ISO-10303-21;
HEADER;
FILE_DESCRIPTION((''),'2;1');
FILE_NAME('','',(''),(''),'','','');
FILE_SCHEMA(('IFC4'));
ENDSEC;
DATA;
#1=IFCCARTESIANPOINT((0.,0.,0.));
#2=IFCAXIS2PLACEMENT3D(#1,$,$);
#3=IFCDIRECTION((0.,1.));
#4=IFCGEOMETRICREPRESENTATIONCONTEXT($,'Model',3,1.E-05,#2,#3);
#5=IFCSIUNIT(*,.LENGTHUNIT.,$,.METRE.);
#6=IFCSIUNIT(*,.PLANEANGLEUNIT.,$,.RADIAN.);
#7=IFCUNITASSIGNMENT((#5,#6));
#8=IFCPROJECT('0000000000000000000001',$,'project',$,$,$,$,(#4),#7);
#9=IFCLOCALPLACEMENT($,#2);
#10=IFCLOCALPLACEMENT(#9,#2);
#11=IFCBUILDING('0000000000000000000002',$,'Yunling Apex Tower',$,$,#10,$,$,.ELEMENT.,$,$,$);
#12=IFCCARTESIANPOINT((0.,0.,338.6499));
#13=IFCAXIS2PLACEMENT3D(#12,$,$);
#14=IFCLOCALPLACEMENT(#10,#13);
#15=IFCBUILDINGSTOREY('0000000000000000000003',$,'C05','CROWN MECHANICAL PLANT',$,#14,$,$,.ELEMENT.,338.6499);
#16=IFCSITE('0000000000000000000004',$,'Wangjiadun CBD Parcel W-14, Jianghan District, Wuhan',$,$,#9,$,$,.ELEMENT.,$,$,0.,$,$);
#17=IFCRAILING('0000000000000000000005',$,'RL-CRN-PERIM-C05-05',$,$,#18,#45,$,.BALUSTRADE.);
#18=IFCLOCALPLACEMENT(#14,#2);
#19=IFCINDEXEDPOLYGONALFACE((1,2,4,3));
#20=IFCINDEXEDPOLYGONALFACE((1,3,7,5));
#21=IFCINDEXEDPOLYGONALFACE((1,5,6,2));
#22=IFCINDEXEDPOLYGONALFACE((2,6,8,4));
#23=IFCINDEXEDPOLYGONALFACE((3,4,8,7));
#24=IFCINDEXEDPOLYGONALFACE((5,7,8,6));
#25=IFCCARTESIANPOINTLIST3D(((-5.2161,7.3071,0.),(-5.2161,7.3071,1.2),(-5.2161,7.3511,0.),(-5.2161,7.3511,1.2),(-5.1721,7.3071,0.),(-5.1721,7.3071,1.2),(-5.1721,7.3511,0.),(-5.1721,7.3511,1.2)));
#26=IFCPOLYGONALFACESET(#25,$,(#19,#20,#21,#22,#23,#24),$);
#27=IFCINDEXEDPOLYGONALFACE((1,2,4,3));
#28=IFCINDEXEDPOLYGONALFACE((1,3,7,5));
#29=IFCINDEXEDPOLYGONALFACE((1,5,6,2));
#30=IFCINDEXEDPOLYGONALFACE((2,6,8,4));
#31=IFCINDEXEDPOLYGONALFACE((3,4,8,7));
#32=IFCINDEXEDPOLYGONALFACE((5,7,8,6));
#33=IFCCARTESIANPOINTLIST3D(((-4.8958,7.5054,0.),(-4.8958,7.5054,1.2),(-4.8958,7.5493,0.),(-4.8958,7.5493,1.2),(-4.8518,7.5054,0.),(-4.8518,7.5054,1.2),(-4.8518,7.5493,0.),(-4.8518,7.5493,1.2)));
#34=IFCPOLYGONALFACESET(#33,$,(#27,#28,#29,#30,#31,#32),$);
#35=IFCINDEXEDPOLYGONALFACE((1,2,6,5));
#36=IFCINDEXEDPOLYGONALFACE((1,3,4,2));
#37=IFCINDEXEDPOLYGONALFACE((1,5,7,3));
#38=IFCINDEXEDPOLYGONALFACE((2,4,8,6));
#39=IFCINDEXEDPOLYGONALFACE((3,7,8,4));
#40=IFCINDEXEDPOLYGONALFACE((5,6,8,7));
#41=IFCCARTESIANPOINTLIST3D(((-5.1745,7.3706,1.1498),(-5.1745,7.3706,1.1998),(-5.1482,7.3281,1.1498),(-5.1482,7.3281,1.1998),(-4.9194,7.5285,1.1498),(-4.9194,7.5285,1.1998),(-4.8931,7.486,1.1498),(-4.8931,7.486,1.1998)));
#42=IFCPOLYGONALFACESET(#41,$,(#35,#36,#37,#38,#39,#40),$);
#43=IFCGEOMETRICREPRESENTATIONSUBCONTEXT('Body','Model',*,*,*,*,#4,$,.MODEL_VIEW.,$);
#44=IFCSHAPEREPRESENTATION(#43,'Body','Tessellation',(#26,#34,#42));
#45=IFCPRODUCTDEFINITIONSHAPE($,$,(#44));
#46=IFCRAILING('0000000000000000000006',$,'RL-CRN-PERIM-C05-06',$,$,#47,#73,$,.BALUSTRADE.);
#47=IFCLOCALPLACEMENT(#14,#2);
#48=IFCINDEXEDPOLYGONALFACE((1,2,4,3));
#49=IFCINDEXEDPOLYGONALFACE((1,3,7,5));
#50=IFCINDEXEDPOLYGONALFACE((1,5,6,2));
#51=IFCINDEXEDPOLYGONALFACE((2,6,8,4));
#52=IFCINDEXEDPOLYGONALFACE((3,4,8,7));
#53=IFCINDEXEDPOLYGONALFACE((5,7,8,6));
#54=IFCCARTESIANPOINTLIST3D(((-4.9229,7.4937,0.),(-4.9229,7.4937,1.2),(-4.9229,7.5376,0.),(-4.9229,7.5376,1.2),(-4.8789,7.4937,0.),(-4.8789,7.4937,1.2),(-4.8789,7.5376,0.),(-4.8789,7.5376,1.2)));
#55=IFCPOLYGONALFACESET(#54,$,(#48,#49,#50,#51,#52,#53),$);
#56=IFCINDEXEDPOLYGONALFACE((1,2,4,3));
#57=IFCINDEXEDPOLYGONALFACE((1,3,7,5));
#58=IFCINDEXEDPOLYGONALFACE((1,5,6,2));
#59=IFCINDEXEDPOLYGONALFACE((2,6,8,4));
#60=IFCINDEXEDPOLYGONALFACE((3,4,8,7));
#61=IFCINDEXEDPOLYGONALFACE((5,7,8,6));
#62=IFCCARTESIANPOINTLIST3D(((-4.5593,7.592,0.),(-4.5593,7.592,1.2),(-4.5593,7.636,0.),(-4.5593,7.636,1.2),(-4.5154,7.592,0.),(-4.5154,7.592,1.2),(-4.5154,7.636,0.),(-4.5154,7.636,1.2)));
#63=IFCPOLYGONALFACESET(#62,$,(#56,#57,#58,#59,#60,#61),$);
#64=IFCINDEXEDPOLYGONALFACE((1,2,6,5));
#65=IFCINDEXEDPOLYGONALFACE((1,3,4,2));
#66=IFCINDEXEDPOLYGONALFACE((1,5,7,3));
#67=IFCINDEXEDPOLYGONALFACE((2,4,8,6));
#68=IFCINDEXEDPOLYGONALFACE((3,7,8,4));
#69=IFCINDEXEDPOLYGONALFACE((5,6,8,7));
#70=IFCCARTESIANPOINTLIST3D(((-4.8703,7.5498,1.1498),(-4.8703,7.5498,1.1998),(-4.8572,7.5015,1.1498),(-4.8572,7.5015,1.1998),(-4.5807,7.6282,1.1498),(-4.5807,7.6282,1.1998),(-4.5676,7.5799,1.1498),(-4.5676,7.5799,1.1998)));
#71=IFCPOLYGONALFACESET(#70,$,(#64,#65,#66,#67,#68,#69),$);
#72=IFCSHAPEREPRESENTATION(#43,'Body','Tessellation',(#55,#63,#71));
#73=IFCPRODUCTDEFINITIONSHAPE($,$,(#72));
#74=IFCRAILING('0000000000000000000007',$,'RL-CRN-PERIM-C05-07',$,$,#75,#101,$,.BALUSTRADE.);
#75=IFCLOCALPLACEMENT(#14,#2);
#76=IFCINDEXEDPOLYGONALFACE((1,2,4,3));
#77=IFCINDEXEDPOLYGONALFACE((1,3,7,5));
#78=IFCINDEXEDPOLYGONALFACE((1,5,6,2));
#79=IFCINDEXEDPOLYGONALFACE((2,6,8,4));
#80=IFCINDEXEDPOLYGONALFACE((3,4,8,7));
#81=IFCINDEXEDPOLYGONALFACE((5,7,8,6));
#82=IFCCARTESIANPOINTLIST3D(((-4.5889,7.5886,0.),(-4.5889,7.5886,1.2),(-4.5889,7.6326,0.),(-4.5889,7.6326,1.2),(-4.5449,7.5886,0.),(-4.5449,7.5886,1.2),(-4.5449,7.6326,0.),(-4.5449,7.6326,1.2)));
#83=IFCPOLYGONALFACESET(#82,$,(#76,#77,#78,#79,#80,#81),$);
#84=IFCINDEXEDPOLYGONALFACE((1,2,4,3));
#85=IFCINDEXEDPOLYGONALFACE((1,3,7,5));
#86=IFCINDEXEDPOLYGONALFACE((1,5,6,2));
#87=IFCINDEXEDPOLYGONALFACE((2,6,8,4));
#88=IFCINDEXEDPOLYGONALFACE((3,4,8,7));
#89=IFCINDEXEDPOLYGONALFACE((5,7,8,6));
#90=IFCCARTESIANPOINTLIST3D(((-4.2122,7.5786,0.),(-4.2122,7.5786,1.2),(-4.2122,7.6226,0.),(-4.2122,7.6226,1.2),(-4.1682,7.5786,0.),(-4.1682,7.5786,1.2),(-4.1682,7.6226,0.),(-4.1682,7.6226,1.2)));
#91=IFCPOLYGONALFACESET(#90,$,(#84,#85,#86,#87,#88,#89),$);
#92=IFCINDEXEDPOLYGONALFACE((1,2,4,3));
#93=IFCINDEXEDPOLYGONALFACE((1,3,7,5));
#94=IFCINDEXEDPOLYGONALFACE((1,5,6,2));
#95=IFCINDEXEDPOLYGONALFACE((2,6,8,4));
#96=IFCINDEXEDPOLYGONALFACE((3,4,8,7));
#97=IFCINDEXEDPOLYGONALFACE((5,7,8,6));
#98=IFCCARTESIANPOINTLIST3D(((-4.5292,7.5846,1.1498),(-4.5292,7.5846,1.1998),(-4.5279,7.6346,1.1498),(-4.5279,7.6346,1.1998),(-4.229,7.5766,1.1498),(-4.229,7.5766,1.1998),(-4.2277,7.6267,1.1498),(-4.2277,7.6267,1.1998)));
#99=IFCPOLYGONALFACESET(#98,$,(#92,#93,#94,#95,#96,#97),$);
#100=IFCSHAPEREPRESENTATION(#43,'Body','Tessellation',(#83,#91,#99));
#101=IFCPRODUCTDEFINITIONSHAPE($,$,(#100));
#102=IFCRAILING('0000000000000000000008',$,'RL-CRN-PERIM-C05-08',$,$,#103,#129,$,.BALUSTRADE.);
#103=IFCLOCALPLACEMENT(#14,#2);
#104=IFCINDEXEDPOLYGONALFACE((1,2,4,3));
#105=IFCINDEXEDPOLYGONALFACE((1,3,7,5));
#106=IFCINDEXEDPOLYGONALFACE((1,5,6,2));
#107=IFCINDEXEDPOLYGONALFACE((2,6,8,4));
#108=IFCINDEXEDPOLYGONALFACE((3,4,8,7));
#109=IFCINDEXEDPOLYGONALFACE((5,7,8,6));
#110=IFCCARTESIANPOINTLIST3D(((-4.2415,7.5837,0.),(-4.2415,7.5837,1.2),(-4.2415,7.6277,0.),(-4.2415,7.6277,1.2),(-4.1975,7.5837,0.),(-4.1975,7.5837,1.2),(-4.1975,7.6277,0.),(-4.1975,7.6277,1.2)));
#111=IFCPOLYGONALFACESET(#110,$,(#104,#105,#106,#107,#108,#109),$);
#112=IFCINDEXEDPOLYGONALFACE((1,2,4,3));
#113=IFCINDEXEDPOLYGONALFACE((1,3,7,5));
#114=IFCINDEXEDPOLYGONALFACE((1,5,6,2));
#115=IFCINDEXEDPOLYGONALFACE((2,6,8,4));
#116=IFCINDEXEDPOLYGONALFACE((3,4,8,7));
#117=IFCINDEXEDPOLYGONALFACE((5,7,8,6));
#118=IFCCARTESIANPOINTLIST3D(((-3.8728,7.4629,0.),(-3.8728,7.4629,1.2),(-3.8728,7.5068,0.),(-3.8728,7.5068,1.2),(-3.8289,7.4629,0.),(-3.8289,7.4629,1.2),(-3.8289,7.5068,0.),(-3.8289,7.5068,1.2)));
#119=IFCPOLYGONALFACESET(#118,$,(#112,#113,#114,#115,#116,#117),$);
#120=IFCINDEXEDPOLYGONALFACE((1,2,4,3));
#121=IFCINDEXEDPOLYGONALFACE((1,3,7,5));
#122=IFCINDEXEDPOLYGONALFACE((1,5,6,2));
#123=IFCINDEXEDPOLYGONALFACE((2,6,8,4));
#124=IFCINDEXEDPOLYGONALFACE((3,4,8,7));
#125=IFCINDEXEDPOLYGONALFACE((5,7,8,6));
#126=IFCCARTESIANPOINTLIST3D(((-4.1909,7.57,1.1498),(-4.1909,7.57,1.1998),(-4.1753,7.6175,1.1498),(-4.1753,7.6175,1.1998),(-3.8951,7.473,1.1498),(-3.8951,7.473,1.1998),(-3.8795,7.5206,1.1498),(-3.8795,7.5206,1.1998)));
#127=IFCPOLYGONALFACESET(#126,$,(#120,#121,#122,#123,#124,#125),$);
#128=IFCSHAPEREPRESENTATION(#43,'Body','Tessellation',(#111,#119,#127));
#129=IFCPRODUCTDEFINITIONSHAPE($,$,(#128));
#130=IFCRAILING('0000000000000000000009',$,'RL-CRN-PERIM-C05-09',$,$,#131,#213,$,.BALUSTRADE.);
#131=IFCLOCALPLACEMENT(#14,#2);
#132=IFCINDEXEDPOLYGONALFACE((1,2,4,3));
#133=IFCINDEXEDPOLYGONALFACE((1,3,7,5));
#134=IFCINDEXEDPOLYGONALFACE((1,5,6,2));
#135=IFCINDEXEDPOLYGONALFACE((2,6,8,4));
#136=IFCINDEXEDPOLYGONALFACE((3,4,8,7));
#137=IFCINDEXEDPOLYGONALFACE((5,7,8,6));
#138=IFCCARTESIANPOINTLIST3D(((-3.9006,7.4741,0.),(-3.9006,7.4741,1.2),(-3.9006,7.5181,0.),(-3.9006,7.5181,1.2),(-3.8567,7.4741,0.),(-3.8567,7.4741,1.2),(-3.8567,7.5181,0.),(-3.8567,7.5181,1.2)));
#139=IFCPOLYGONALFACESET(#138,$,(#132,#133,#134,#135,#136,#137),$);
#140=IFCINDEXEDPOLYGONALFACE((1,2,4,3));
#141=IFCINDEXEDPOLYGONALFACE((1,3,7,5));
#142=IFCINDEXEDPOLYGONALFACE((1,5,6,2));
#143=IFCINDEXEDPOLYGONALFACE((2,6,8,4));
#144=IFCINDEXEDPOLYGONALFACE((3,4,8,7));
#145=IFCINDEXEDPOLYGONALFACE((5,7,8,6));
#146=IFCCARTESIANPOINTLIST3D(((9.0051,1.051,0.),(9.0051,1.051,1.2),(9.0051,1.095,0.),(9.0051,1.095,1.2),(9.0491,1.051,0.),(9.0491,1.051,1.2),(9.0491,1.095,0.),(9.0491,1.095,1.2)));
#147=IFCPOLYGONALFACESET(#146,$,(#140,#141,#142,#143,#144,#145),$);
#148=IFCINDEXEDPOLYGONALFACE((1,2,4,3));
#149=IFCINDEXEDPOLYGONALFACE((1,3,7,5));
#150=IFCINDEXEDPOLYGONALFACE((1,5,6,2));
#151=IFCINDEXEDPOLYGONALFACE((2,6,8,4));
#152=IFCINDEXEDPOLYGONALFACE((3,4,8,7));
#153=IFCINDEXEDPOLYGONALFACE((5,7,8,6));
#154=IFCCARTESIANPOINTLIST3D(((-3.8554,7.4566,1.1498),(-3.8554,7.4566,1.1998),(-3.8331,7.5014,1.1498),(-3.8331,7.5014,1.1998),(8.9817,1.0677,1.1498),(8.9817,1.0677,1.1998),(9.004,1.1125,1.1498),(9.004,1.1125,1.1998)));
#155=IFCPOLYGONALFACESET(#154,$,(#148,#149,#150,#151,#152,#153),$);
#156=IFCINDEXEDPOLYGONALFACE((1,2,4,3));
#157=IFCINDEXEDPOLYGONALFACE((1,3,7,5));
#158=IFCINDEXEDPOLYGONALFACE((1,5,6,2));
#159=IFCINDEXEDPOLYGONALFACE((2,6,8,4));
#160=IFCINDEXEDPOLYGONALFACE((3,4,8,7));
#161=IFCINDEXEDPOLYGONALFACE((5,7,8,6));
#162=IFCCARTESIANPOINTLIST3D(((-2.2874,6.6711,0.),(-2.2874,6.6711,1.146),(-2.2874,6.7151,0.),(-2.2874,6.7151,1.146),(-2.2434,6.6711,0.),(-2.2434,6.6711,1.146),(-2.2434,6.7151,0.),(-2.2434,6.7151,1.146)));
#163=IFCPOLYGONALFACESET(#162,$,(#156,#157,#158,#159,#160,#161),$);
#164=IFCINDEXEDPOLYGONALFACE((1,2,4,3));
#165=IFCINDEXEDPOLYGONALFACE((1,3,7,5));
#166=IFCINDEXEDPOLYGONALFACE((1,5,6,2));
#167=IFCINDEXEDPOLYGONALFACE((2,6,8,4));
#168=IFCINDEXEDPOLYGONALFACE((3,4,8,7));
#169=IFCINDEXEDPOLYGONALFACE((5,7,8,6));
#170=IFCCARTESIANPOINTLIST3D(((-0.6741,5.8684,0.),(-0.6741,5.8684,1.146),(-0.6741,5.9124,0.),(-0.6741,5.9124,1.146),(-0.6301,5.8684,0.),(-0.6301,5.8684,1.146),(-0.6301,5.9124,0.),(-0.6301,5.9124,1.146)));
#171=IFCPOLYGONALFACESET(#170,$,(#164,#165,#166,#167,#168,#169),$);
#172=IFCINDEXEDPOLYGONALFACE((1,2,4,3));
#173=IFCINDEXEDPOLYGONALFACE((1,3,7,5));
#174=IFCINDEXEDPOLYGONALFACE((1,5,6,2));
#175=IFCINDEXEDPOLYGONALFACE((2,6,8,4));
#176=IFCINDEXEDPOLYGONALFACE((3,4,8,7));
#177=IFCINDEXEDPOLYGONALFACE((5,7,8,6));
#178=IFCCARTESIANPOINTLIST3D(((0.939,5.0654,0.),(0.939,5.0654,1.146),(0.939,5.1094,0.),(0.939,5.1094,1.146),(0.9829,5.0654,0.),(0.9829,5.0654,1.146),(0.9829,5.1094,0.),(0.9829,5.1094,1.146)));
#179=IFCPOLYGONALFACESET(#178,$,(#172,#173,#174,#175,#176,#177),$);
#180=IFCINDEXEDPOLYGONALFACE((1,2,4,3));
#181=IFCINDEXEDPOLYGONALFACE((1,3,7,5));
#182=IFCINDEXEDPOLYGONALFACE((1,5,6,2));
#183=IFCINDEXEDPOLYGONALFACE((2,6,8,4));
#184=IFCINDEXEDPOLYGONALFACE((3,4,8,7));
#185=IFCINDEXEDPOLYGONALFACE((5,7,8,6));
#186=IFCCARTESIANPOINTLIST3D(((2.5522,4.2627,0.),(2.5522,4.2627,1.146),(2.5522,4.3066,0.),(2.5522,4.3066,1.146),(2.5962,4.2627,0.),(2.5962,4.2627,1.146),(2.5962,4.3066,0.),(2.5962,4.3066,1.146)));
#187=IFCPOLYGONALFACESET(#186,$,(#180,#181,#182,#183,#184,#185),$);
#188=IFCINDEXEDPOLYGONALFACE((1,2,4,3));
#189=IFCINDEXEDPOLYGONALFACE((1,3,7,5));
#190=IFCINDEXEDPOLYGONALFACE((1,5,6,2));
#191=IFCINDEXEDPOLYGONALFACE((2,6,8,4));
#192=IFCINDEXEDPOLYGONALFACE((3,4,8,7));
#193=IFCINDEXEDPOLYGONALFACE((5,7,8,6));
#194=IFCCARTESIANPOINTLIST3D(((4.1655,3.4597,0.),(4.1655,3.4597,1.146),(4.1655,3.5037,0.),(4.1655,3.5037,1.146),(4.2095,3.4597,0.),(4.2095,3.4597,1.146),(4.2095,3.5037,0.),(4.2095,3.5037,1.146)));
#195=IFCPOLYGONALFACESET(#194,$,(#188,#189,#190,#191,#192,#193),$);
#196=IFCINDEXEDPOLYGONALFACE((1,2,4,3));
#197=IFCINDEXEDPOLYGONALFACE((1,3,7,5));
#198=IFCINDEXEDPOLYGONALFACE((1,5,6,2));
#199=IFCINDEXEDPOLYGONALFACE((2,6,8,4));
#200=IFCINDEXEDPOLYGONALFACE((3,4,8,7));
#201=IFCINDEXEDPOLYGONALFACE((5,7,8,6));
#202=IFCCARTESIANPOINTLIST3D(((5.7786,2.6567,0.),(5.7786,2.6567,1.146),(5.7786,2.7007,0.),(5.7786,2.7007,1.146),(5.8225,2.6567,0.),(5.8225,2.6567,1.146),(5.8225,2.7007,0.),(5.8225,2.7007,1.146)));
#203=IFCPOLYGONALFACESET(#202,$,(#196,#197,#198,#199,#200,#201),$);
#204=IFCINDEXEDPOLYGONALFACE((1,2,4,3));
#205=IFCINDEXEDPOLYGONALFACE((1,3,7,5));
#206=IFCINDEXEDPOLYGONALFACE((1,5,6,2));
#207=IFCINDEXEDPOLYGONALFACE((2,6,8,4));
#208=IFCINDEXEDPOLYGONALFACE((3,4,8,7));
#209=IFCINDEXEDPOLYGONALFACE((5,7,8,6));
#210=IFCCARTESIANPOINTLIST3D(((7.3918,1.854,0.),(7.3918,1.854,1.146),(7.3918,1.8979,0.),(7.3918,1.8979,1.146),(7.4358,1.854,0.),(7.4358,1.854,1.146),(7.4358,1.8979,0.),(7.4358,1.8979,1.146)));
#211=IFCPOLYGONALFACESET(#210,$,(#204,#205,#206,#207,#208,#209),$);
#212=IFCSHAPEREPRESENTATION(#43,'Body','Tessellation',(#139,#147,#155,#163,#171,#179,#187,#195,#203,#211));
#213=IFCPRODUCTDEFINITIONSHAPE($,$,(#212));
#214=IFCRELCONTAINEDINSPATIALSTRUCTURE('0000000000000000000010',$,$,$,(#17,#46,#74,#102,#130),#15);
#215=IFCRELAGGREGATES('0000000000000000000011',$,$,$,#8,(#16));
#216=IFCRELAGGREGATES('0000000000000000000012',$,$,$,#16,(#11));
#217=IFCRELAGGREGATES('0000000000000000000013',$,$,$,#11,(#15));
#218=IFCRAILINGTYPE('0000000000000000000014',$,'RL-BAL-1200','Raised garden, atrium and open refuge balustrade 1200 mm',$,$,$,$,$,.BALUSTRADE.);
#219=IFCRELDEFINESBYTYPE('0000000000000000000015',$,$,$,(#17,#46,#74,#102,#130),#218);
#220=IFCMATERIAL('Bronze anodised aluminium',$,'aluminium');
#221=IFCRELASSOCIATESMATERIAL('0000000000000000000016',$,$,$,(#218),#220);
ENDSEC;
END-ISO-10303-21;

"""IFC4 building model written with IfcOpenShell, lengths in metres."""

from ifc_helpers import new_model, si_unit, direction, frame, origin, origin_2d, place, context, subcontext, project, spatial, rectangle, extrude, material, type_object, element, save


model = new_model("IFC4")

# Units and contexts
model_context = context("Model", 3, precision=1e-05, world=origin(), true_north=direction((0.0, 1.0)))
body_context = subcontext(model_context, "Body", "Model", "MODEL_VIEW")
ifc_project = project(units=[si_unit("LENGTHUNIT", "METRE"), si_unit("PLANEANGLEUNIT", "RADIAN")], contexts=[model_context])

# Site, building, storey
site_placement = place(None, origin())
site = spatial("IfcSite", under=ifc_project, at=site_placement, Name="Wangjiadun CBD Parcel W-14, Jianghan District, Wuhan", CompositionType="ELEMENT", RefElevation=0.0)
building_placement = place(site_placement, origin())
building = spatial("IfcBuilding", under=site, at=building_placement, Name="Yunling Apex Tower", CompositionType="ELEMENT")
storey_placement = place(building_placement, frame((0.0, 0.0, 338.6499)))
storey = spatial("IfcBuildingStorey", under=building, at=storey_placement, Name="C05", Description="CROWN MECHANICAL PLANT", CompositionType="ELEMENT", Elevation=338.6499)

# Shared definitions
ifc_material_1 = material(Name="Bronze anodised aluminium", Category="aluminium")

# Railings
railing_type_1 = type_object("IfcRailingType", Name="RL-BAL-1200", Description="Raised garden, atrium and open refuge balustrade 1200 mm", PredefinedType="BALUSTRADE", material=ifc_material_1)
railing_1_placement = place(storey_placement, frame((-5.1941, 7.3291, 0.0)))
element("IfcRailing", 1, at=railing_1_placement, inside=storey, type_object=railing_type_1, Name="RL-CRN-PERIM-C05-05", PredefinedType="BALUSTRADE", context=body_context, shape_type="SweptSolid", body=[
    extrude(rectangle(XDim=0.0439, YDim=0.0439, at=origin_2d()), origin(), (0.0, 0.0, 1.0), 1.2),
    extrude(rectangle(XDim=0.0439, YDim=0.0439, at=origin_2d()), frame((0.3203, 0.1982, 0.0)), (0.0, 0.0, 1.0), 1.2),
    extrude(rectangle(XDim=0.05, YDim=0.05, at=origin_2d()), frame((0.0327, 0.0203, 1.1748), z_axis=(0.85032, 0.526265, 0.0), x_axis=(-0.526265, 0.85032, 0.0)), (0.0, 0.0, 1.0), 0.3),
])
railing_2_placement = place(storey_placement, frame((-4.9009, 7.5156, 0.0)))
element("IfcRailing", 2, at=railing_2_placement, inside=storey, type_object=railing_type_1, Name="RL-CRN-PERIM-C05-06", PredefinedType="BALUSTRADE", context=body_context, shape_type="SweptSolid", body=[
    extrude(rectangle(XDim=0.0439, YDim=0.0439, at=origin_2d()), origin(), (0.0, 0.0, 1.0), 1.2),
    extrude(rectangle(XDim=0.0439, YDim=0.0439, at=origin_2d()), frame((0.3635, 0.0984, 0.0)), (0.0, 0.0, 1.0), 1.2),
    extrude(rectangle(XDim=0.05, YDim=0.05, at=origin_2d()), frame((0.0371, 0.01, 1.1748), z_axis=(0.965271, 0.261252, 0.0), x_axis=(-0.261252, 0.965271, 0.0)), (0.0, 0.0, 1.0), 0.3),
])
railing_3_placement = place(storey_placement, frame((-4.5669, 7.6106, 0.0)))
element("IfcRailing", 3, at=railing_3_placement, inside=storey, type_object=railing_type_1, Name="RL-CRN-PERIM-C05-07", PredefinedType="BALUSTRADE", context=body_context, shape_type="SweptSolid", body=[
    extrude(rectangle(XDim=0.0439, YDim=0.0439, at=origin_2d()), origin(), (0.0, 0.0, 1.0), 1.2),
    extrude(rectangle(XDim=0.0439, YDim=0.0439, at=origin_2d()), frame((0.3767, -0.01, 0.0)), (0.0, 0.0, 1.0), 1.2),
    extrude(rectangle(XDim=0.05, YDim=0.05, at=origin_2d()), frame((0.0383, -0.001, 1.1748), z_axis=(0.999647, -0.026562, 0.0), x_axis=(0.026562, 0.999647, 0.0)), (0.0, 0.0, 1.0), 0.3003),
])
railing_4_placement = place(storey_placement, frame((-4.2195, 7.6057, 0.0)))
element("IfcRailing", 4, at=railing_4_placement, inside=storey, type_object=railing_type_1, Name="RL-CRN-PERIM-C05-08", PredefinedType="BALUSTRADE", context=body_context, shape_type="SweptSolid", body=[
    extrude(rectangle(XDim=0.0439, YDim=0.0439, at=origin_2d()), origin(), (0.0, 0.0, 1.0), 1.2),
    extrude(rectangle(XDim=0.0439, YDim=0.0439, at=origin_2d()), frame((0.3687, -0.1208, 0.0)), (0.0, 0.0, 1.0), 1.2),
    extrude(rectangle(XDim=0.05, YDim=0.05, at=origin_2d()), frame((0.0364, -0.012, 1.1748), z_axis=(0.950245, -0.311504, 0.0), x_axis=(0.311504, 0.950245, 0.0)), (0.0, 0.0, 1.0), 0.3113),
])
railing_5_placement = place(storey_placement, frame((-3.8787, 7.4961, 0.0)))
element("IfcRailing", 5, at=railing_5_placement, inside=storey, type_object=railing_type_1, Name="RL-CRN-PERIM-C05-09", PredefinedType="BALUSTRADE", context=body_context, shape_type="SweptSolid", body=[
    extrude(rectangle(XDim=0.0439, YDim=0.0439, at=origin_2d()), origin(), (0.0, 0.0, 1.0), 1.2),
    extrude(rectangle(XDim=0.0439, YDim=0.0439, at=origin_2d()), frame((12.9058, -6.4231, 0.0)), (0.0, 0.0, 1.0), 1.2),
    extrude(rectangle(XDim=0.05, YDim=0.05, at=origin_2d()), frame((0.0344, -0.0171, 1.1748), z_axis=(0.895252, -0.44556, 0.0), x_axis=(0.44556, 0.895252, 0.0)), (0.0, 0.0, 1.0), 14.3391),
    extrude(rectangle(XDim=0.0439, YDim=0.0439, at=origin_2d()), frame((1.6133, -0.803, 0.0)), (0.0, 0.0, 1.0), 1.146),
    extrude(rectangle(XDim=0.0439, YDim=0.0439, at=origin_2d()), frame((3.2266, -1.6057, 0.0)), (0.0, 0.0, 1.0), 1.146),
    extrude(rectangle(XDim=0.0439, YDim=0.0439, at=origin_2d()), frame((4.8396, -2.4087, 0.0)), (0.0, 0.0, 1.0), 1.146),
    extrude(rectangle(XDim=0.0439, YDim=0.0439, at=origin_2d()), frame((6.4529, -3.2114, 0.0)), (0.0, 0.0, 1.0), 1.146),
    extrude(rectangle(XDim=0.0439, YDim=0.0439, at=origin_2d()), frame((8.0662, -4.0144, 0.0)), (0.0, 0.0, 1.0), 1.146),
    extrude(rectangle(XDim=0.0439, YDim=0.0439, at=origin_2d()), frame((9.6792, -4.8174, 0.0)), (0.0, 0.0, 1.0), 1.146),
    extrude(rectangle(XDim=0.0439, YDim=0.0439, at=origin_2d()), frame((11.2925, -5.6201, 0.0)), (0.0, 0.0, 1.0), 1.146),
])

save(model, "model.ifc")
